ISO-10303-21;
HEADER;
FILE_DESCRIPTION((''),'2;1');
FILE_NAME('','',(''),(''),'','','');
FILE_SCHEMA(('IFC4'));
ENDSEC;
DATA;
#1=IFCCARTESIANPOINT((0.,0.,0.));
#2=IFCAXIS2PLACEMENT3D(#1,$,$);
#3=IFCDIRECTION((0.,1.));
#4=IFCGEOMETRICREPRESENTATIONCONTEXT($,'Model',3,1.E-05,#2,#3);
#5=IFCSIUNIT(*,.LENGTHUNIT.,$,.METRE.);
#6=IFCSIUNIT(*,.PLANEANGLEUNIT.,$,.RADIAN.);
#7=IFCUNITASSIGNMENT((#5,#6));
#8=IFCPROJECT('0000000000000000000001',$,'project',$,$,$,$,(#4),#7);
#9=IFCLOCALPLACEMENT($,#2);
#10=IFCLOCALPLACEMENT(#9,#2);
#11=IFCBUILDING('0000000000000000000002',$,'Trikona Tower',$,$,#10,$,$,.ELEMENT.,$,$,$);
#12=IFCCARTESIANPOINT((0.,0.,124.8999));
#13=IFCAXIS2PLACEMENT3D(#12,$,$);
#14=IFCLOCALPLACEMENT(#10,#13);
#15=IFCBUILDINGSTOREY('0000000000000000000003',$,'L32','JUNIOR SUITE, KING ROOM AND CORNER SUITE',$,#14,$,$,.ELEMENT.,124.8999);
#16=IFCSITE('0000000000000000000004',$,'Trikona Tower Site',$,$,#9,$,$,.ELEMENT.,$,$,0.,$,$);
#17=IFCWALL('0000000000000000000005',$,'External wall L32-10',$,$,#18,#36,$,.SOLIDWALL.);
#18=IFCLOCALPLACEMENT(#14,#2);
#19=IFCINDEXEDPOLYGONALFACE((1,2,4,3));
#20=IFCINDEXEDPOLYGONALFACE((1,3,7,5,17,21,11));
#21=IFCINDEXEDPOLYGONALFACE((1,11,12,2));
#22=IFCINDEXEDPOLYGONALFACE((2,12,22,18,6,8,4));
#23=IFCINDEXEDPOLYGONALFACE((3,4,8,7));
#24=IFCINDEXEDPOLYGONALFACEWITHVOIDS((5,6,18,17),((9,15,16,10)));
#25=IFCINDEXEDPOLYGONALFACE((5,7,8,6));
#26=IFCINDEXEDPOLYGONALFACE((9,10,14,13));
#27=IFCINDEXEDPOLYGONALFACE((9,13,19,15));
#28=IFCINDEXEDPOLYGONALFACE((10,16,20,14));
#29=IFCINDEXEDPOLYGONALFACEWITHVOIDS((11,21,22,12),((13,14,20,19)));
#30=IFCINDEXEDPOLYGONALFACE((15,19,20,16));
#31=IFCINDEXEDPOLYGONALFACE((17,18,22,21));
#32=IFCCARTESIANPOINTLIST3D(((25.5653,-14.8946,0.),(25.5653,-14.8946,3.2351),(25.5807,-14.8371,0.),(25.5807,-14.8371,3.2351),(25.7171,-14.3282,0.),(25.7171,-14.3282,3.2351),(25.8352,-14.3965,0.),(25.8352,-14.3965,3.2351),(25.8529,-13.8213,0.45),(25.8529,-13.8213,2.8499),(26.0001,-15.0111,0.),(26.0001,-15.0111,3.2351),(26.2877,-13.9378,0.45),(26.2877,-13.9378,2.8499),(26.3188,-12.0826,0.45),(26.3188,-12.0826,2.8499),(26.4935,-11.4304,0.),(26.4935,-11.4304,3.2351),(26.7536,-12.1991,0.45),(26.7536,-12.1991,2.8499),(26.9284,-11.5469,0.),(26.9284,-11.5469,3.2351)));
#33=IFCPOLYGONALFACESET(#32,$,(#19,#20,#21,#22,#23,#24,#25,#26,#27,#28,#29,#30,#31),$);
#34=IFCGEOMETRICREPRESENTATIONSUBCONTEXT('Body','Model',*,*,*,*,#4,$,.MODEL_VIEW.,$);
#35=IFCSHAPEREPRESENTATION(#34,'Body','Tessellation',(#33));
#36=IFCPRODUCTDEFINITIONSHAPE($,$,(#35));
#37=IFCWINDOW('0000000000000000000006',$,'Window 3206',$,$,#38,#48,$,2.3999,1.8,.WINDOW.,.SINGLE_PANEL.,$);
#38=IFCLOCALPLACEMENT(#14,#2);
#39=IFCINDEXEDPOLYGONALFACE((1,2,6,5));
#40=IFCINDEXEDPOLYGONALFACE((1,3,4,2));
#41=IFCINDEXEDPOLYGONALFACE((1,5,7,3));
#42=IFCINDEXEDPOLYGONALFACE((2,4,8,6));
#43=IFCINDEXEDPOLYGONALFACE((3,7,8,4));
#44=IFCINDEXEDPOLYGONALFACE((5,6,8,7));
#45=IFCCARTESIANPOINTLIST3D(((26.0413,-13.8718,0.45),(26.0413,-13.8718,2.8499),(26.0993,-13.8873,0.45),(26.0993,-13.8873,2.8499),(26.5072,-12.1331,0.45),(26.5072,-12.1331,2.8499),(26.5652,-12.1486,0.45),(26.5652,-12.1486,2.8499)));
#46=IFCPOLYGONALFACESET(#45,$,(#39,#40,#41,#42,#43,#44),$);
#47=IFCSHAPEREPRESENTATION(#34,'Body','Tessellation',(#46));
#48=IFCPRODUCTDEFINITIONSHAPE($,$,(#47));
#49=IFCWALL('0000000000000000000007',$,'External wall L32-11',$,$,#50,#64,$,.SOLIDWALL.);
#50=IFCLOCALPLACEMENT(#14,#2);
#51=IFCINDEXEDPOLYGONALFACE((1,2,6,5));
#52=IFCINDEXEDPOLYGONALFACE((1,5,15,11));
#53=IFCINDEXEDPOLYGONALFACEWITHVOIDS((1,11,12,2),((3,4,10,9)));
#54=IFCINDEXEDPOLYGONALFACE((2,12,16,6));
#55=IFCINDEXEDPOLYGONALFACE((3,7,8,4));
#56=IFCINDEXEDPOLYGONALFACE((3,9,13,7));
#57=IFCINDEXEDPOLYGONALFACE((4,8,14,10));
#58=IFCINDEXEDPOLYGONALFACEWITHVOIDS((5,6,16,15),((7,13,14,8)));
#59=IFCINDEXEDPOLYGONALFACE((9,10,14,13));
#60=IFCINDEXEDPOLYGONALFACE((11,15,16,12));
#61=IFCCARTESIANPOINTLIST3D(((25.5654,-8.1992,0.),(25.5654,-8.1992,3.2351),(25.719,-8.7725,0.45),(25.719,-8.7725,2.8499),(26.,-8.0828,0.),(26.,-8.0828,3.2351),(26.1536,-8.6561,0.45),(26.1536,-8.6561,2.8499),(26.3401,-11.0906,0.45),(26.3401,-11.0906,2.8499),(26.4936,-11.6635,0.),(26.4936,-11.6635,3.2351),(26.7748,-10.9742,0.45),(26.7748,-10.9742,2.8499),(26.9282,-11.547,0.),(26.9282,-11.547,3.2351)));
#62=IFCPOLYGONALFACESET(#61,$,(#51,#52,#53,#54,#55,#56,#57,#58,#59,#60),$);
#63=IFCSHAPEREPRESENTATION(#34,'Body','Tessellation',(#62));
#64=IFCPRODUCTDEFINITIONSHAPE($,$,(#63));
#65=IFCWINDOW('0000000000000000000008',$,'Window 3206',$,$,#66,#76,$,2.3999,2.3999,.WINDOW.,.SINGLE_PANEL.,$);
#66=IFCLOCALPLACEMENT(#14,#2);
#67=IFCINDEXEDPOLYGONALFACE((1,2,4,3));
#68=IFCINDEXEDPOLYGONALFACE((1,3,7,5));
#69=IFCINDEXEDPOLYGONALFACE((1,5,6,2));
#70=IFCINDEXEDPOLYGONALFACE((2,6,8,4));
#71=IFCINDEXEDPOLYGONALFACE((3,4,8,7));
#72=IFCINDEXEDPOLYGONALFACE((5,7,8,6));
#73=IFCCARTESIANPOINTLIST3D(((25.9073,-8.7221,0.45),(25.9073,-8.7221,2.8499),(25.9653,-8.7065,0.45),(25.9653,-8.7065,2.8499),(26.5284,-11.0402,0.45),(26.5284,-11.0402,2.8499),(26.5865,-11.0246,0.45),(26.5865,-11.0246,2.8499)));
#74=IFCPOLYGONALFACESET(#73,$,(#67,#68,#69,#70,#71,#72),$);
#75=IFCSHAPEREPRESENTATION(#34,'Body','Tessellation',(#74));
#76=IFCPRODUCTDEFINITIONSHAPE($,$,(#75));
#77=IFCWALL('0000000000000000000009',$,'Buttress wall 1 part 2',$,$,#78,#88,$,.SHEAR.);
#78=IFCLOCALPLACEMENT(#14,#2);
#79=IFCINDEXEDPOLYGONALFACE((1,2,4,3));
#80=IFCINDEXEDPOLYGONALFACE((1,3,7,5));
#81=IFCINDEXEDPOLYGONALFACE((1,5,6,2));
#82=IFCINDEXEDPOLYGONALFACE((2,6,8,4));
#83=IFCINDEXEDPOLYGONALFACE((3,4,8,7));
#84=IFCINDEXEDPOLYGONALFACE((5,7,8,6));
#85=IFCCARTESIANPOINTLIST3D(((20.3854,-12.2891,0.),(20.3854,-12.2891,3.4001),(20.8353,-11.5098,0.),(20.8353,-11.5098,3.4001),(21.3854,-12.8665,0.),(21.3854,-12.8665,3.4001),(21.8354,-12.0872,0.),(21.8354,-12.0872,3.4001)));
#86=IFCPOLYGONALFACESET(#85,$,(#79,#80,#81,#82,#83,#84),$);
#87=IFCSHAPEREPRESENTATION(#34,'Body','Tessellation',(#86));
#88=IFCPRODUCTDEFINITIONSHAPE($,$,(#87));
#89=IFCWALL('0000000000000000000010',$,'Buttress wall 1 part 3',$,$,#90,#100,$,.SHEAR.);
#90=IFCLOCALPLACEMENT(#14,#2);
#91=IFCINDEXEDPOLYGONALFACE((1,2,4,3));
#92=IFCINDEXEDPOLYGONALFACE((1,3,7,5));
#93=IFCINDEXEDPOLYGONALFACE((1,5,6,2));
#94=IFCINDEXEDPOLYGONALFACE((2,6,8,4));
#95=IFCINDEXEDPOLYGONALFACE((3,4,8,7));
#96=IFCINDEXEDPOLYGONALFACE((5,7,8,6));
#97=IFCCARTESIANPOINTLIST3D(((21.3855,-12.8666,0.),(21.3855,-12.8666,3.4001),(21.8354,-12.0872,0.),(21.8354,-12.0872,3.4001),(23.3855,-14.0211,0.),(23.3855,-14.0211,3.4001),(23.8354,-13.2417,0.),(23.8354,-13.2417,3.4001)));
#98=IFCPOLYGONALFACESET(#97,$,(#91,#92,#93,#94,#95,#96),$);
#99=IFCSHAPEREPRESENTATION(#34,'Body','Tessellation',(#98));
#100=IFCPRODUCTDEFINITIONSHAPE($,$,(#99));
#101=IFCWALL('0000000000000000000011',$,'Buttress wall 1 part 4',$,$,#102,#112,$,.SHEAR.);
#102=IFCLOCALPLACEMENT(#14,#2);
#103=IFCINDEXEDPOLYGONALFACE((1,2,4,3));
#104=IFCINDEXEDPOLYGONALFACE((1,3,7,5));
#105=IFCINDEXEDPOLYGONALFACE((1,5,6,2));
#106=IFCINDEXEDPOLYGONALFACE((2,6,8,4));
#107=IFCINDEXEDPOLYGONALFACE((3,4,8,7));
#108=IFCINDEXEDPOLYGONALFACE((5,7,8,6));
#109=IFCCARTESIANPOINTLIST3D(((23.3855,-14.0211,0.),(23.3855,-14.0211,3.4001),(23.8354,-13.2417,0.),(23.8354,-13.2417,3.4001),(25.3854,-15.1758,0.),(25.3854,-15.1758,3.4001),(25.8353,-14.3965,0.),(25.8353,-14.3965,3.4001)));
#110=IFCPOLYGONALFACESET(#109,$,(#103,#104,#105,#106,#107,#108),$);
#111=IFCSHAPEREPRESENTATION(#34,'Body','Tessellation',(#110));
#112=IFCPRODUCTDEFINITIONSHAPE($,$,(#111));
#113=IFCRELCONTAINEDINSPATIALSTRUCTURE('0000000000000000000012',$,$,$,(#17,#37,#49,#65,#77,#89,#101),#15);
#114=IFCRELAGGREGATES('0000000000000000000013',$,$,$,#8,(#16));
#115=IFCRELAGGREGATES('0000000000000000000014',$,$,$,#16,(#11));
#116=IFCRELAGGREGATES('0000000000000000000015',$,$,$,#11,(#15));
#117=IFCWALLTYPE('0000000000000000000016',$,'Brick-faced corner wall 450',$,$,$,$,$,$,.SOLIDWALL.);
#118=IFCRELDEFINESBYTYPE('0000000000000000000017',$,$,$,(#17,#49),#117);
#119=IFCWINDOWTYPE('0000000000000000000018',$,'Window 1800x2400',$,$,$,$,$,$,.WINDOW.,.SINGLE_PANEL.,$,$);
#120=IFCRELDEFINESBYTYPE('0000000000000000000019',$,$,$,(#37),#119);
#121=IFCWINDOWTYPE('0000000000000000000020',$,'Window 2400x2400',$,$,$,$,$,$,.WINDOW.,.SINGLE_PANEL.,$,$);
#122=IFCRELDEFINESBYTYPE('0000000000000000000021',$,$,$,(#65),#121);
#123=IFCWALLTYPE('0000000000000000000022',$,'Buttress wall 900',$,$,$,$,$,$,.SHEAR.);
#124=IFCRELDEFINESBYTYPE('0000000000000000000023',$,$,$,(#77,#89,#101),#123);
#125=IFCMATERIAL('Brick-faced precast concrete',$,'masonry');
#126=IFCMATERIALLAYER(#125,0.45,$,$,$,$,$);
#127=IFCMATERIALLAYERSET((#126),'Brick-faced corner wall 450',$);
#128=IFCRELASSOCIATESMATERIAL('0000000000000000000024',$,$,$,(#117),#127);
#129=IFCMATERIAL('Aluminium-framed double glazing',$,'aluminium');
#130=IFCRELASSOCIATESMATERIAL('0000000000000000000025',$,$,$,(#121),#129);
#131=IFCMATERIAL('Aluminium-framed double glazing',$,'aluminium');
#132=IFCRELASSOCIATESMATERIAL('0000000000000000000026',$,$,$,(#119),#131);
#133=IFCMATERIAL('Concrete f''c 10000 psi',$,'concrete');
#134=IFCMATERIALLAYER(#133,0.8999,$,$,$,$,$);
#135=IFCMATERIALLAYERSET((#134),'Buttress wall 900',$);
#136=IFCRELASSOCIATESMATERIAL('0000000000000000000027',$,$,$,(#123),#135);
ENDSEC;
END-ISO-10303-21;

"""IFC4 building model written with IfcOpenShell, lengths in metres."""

from ifc_helpers import new_model, si_unit, direction, frame, frame_2d, origin, place, context, subcontext, project, spatial, polyline, rectangle, outline, extrude, material, layer, layer_set, type_object, element, fill, save


model = new_model("IFC4")

# Units and contexts
model_context = context("Model", 3, precision=1e-05, world=origin(), true_north=direction((0.0, 1.0)))
body_context = subcontext(model_context, "Body", "Model", "MODEL_VIEW")
ifc_project = project(units=[si_unit("LENGTHUNIT", "METRE"), si_unit("PLANEANGLEUNIT", "RADIAN")], contexts=[model_context])

# Site, building, storey
site_placement = place(None, origin())
site = spatial("IfcSite", under=ifc_project, at=site_placement, Name="Trikona Tower Site", CompositionType="ELEMENT", RefElevation=0.0)
building_placement = place(site_placement, origin())
building = spatial("IfcBuilding", under=site, at=building_placement, Name="Trikona Tower", CompositionType="ELEMENT")
storey_placement = place(building_placement, frame((0.0, 0.0, 124.8999)))
storey = spatial("IfcBuildingStorey", under=building, at=storey_placement, Name="L32", Description="JUNIOR SUITE, KING ROOM AND CORNER SUITE", CompositionType="ELEMENT", Elevation=124.8999)

# Walls, openings, windows
ifc_material_1 = material(Name="Brick-faced precast concrete", Category="masonry")
ifc_layer_1 = layer(ifc_material_1, 0.45)
ifc_layer_set_1 = layer_set([ifc_layer_1], Name="Brick-faced corner wall 450")
wall_type_1 = type_object("IfcWallType", Name="Brick-faced corner wall 450", PredefinedType="SOLIDWALL", material=ifc_layer_set_1)
ifc_material_2 = material(Name="Aluminium-framed double glazing", Category="aluminium")
window_type_1 = type_object("IfcWindowType", Name="Window 2400x2400", PartitioningType="SINGLE_PANEL", PredefinedType="WINDOW", material=ifc_material_2)
ifc_material_3 = material(Name="Aluminium-framed double glazing", Category="aluminium")
window_type_2 = type_object("IfcWindowType", Name="Window 1800x2400", PartitioningType="SINGLE_PANEL", PredefinedType="WINDOW", material=ifc_material_3)
wall_1_placement = place(storey_placement, frame((25.7827, -14.9529, 0.0), z_axis=(0.0, 0.0, 1.0), x_axis=(0.258823, 0.965925, 0.0)))
wall_1 = element("IfcWall", 1, at=wall_1_placement, inside=storey, type_object=wall_type_1, Name="External wall L32-10", PredefinedType="SOLIDWALL", context=body_context, shape_type="SweptSolid", body=[
    extrude(outline(polyline([(3.5864, 0.2251), (0.5864, 0.2251), (0.551, 0.0933), (0.0596, 0.2251), (0.0, 0.2251), (0.0, -0.2251), (3.5864, -0.2251), (3.5864, 0.2251)])), origin(), (0.0, 0.0, 1.0), 3.2351),
])
opening_1_placement = place(wall_1_placement, frame((1.1113, 0.0, 0.45)))
opening_1 = element("IfcOpeningElement", 2, at=opening_1_placement, cuts=wall_1, PredefinedType="OPENING", context=body_context, shape_type="SweptSolid", body=[
    extrude(rectangle(XDim=1.8, YDim=2.3999, at=frame_2d((0.8999, 1.2))), frame((0.0, 0.2349, 0.0), z_axis=(0.0, -1.0, 0.0), x_axis=(1.0, 0.0, 0.0)), (0.0, 0.0, 1.0), 0.47),
])
window_1_placement = place(opening_1_placement, origin())
window_1 = element("IfcWindow", 3, at=window_1_placement, inside=storey, type_object=window_type_2, Name="Window 3206", OverallHeight=2.3999, OverallWidth=1.8, PartitioningType="SINGLE_PANEL", PredefinedType="WINDOW", context=body_context, shape_type="SweptSolid", body=[
    extrude(rectangle(XDim=1.8, YDim=2.3999, at=frame_2d((0.8999, 1.2))), frame((0.0, 0.03, 0.0), z_axis=(0.0, -1.0, 0.0), x_axis=(1.0, 0.0, 0.0)), (0.0, 0.0, 1.0), 0.0601),
])
fill(opening_1, window_1)
wall_2_placement = place(storey_placement, frame((26.7109, -11.6052, 0.0), z_axis=(0.0, 0.0, 1.0), x_axis=(-0.258823, 0.965925, 0.0)))
wall_2 = element("IfcWall", 4, at=wall_2_placement, inside=storey, type_object=wall_type_1, Name="External wall L32-11", PredefinedType="SOLIDWALL", context=body_context, shape_type="SweptSolid", body=[
    extrude(rectangle(XDim=3.5864, YDim=0.45, at=frame_2d((1.7932, 0.0))), origin(), (0.0, 0.0, 1.0), 3.2351),
])
opening_2_placement = place(wall_2_placement, frame((0.593, 0.0, 0.45)))
opening_2 = element("IfcOpeningElement", 5, at=opening_2_placement, cuts=wall_2, PredefinedType="OPENING", context=body_context, shape_type="SweptSolid", body=[
    extrude(rectangle(XDim=2.3999, YDim=2.3999, at=frame_2d((1.2, 1.2))), frame((0.0, 0.2349, 0.0), z_axis=(0.0, -1.0, 0.0), x_axis=(1.0, 0.0, 0.0)), (0.0, 0.0, 1.0), 0.47),
])
window_2_placement = place(opening_2_placement, origin())
window_2 = element("IfcWindow", 6, at=window_2_placement, inside=storey, type_object=window_type_1, Name="Window 3206", OverallHeight=2.3999, OverallWidth=2.3999, PartitioningType="SINGLE_PANEL", PredefinedType="WINDOW", context=body_context, shape_type="SweptSolid", body=[
    extrude(rectangle(XDim=2.3999, YDim=2.3999, at=frame_2d((1.2, 1.2))), frame((0.0, 0.03, 0.0), z_axis=(0.0, -1.0, 0.0), x_axis=(1.0, 0.0, 0.0)), (0.0, 0.0, 1.0), 0.0601),
])
fill(opening_2, window_2)

# Walls
ifc_material_4 = material(Name="Concrete f'c 10000 psi", Category="concrete")
ifc_layer_2 = layer(ifc_material_4, 0.8999)
ifc_layer_set_2 = layer_set([ifc_layer_2], Name="Buttress wall 900")
wall_type_2 = type_object("IfcWallType", Name="Buttress wall 900", PredefinedType="SHEAR", material=ifc_layer_set_2)
wall_3_placement = place(storey_placement, frame((20.6104, -11.8994, 0.0), z_axis=(0.0, 0.0, 1.0), x_axis=(0.86601, -0.500027, 0.0)))
element("IfcWall", 7, at=wall_3_placement, inside=storey, type_object=wall_type_2, Name="Buttress wall 1 part 2", PredefinedType="SHEAR", context=body_context, shape_type="SweptSolid", body=[
    extrude(rectangle(XDim=1.1548, YDim=0.8999, at=frame_2d((0.5774, 0.0))), origin(), (0.0, 0.0, 1.0), 3.4001),
])
for number, where, z_axis, x_axis, name in (
    (8, (21.6104, -12.4768, 0.0), (0.0, 0.0, 1.0), (0.866055, -0.499948, 0.0), "Buttress wall 1 part 3"),
    (9, (23.6104, -13.6313, 0.0), (0.0, 0.0, 1.0), (0.86601, -0.500027, 0.0), "Buttress wall 1 part 4"),
):
    element("IfcWall", number, at=place(storey_placement, frame(where, z_axis=z_axis, x_axis=x_axis)), inside=storey, type_object=wall_type_2, Name=name, PredefinedType="SHEAR", context=body_context, shape_type="SweptSolid", body=[
        extrude(rectangle(XDim=2.3093, YDim=0.8999, at=frame_2d((1.1548, 0.0))), origin(), (0.0, 0.0, 1.0), 3.4001),
    ])

save(model, "model.ifc")
